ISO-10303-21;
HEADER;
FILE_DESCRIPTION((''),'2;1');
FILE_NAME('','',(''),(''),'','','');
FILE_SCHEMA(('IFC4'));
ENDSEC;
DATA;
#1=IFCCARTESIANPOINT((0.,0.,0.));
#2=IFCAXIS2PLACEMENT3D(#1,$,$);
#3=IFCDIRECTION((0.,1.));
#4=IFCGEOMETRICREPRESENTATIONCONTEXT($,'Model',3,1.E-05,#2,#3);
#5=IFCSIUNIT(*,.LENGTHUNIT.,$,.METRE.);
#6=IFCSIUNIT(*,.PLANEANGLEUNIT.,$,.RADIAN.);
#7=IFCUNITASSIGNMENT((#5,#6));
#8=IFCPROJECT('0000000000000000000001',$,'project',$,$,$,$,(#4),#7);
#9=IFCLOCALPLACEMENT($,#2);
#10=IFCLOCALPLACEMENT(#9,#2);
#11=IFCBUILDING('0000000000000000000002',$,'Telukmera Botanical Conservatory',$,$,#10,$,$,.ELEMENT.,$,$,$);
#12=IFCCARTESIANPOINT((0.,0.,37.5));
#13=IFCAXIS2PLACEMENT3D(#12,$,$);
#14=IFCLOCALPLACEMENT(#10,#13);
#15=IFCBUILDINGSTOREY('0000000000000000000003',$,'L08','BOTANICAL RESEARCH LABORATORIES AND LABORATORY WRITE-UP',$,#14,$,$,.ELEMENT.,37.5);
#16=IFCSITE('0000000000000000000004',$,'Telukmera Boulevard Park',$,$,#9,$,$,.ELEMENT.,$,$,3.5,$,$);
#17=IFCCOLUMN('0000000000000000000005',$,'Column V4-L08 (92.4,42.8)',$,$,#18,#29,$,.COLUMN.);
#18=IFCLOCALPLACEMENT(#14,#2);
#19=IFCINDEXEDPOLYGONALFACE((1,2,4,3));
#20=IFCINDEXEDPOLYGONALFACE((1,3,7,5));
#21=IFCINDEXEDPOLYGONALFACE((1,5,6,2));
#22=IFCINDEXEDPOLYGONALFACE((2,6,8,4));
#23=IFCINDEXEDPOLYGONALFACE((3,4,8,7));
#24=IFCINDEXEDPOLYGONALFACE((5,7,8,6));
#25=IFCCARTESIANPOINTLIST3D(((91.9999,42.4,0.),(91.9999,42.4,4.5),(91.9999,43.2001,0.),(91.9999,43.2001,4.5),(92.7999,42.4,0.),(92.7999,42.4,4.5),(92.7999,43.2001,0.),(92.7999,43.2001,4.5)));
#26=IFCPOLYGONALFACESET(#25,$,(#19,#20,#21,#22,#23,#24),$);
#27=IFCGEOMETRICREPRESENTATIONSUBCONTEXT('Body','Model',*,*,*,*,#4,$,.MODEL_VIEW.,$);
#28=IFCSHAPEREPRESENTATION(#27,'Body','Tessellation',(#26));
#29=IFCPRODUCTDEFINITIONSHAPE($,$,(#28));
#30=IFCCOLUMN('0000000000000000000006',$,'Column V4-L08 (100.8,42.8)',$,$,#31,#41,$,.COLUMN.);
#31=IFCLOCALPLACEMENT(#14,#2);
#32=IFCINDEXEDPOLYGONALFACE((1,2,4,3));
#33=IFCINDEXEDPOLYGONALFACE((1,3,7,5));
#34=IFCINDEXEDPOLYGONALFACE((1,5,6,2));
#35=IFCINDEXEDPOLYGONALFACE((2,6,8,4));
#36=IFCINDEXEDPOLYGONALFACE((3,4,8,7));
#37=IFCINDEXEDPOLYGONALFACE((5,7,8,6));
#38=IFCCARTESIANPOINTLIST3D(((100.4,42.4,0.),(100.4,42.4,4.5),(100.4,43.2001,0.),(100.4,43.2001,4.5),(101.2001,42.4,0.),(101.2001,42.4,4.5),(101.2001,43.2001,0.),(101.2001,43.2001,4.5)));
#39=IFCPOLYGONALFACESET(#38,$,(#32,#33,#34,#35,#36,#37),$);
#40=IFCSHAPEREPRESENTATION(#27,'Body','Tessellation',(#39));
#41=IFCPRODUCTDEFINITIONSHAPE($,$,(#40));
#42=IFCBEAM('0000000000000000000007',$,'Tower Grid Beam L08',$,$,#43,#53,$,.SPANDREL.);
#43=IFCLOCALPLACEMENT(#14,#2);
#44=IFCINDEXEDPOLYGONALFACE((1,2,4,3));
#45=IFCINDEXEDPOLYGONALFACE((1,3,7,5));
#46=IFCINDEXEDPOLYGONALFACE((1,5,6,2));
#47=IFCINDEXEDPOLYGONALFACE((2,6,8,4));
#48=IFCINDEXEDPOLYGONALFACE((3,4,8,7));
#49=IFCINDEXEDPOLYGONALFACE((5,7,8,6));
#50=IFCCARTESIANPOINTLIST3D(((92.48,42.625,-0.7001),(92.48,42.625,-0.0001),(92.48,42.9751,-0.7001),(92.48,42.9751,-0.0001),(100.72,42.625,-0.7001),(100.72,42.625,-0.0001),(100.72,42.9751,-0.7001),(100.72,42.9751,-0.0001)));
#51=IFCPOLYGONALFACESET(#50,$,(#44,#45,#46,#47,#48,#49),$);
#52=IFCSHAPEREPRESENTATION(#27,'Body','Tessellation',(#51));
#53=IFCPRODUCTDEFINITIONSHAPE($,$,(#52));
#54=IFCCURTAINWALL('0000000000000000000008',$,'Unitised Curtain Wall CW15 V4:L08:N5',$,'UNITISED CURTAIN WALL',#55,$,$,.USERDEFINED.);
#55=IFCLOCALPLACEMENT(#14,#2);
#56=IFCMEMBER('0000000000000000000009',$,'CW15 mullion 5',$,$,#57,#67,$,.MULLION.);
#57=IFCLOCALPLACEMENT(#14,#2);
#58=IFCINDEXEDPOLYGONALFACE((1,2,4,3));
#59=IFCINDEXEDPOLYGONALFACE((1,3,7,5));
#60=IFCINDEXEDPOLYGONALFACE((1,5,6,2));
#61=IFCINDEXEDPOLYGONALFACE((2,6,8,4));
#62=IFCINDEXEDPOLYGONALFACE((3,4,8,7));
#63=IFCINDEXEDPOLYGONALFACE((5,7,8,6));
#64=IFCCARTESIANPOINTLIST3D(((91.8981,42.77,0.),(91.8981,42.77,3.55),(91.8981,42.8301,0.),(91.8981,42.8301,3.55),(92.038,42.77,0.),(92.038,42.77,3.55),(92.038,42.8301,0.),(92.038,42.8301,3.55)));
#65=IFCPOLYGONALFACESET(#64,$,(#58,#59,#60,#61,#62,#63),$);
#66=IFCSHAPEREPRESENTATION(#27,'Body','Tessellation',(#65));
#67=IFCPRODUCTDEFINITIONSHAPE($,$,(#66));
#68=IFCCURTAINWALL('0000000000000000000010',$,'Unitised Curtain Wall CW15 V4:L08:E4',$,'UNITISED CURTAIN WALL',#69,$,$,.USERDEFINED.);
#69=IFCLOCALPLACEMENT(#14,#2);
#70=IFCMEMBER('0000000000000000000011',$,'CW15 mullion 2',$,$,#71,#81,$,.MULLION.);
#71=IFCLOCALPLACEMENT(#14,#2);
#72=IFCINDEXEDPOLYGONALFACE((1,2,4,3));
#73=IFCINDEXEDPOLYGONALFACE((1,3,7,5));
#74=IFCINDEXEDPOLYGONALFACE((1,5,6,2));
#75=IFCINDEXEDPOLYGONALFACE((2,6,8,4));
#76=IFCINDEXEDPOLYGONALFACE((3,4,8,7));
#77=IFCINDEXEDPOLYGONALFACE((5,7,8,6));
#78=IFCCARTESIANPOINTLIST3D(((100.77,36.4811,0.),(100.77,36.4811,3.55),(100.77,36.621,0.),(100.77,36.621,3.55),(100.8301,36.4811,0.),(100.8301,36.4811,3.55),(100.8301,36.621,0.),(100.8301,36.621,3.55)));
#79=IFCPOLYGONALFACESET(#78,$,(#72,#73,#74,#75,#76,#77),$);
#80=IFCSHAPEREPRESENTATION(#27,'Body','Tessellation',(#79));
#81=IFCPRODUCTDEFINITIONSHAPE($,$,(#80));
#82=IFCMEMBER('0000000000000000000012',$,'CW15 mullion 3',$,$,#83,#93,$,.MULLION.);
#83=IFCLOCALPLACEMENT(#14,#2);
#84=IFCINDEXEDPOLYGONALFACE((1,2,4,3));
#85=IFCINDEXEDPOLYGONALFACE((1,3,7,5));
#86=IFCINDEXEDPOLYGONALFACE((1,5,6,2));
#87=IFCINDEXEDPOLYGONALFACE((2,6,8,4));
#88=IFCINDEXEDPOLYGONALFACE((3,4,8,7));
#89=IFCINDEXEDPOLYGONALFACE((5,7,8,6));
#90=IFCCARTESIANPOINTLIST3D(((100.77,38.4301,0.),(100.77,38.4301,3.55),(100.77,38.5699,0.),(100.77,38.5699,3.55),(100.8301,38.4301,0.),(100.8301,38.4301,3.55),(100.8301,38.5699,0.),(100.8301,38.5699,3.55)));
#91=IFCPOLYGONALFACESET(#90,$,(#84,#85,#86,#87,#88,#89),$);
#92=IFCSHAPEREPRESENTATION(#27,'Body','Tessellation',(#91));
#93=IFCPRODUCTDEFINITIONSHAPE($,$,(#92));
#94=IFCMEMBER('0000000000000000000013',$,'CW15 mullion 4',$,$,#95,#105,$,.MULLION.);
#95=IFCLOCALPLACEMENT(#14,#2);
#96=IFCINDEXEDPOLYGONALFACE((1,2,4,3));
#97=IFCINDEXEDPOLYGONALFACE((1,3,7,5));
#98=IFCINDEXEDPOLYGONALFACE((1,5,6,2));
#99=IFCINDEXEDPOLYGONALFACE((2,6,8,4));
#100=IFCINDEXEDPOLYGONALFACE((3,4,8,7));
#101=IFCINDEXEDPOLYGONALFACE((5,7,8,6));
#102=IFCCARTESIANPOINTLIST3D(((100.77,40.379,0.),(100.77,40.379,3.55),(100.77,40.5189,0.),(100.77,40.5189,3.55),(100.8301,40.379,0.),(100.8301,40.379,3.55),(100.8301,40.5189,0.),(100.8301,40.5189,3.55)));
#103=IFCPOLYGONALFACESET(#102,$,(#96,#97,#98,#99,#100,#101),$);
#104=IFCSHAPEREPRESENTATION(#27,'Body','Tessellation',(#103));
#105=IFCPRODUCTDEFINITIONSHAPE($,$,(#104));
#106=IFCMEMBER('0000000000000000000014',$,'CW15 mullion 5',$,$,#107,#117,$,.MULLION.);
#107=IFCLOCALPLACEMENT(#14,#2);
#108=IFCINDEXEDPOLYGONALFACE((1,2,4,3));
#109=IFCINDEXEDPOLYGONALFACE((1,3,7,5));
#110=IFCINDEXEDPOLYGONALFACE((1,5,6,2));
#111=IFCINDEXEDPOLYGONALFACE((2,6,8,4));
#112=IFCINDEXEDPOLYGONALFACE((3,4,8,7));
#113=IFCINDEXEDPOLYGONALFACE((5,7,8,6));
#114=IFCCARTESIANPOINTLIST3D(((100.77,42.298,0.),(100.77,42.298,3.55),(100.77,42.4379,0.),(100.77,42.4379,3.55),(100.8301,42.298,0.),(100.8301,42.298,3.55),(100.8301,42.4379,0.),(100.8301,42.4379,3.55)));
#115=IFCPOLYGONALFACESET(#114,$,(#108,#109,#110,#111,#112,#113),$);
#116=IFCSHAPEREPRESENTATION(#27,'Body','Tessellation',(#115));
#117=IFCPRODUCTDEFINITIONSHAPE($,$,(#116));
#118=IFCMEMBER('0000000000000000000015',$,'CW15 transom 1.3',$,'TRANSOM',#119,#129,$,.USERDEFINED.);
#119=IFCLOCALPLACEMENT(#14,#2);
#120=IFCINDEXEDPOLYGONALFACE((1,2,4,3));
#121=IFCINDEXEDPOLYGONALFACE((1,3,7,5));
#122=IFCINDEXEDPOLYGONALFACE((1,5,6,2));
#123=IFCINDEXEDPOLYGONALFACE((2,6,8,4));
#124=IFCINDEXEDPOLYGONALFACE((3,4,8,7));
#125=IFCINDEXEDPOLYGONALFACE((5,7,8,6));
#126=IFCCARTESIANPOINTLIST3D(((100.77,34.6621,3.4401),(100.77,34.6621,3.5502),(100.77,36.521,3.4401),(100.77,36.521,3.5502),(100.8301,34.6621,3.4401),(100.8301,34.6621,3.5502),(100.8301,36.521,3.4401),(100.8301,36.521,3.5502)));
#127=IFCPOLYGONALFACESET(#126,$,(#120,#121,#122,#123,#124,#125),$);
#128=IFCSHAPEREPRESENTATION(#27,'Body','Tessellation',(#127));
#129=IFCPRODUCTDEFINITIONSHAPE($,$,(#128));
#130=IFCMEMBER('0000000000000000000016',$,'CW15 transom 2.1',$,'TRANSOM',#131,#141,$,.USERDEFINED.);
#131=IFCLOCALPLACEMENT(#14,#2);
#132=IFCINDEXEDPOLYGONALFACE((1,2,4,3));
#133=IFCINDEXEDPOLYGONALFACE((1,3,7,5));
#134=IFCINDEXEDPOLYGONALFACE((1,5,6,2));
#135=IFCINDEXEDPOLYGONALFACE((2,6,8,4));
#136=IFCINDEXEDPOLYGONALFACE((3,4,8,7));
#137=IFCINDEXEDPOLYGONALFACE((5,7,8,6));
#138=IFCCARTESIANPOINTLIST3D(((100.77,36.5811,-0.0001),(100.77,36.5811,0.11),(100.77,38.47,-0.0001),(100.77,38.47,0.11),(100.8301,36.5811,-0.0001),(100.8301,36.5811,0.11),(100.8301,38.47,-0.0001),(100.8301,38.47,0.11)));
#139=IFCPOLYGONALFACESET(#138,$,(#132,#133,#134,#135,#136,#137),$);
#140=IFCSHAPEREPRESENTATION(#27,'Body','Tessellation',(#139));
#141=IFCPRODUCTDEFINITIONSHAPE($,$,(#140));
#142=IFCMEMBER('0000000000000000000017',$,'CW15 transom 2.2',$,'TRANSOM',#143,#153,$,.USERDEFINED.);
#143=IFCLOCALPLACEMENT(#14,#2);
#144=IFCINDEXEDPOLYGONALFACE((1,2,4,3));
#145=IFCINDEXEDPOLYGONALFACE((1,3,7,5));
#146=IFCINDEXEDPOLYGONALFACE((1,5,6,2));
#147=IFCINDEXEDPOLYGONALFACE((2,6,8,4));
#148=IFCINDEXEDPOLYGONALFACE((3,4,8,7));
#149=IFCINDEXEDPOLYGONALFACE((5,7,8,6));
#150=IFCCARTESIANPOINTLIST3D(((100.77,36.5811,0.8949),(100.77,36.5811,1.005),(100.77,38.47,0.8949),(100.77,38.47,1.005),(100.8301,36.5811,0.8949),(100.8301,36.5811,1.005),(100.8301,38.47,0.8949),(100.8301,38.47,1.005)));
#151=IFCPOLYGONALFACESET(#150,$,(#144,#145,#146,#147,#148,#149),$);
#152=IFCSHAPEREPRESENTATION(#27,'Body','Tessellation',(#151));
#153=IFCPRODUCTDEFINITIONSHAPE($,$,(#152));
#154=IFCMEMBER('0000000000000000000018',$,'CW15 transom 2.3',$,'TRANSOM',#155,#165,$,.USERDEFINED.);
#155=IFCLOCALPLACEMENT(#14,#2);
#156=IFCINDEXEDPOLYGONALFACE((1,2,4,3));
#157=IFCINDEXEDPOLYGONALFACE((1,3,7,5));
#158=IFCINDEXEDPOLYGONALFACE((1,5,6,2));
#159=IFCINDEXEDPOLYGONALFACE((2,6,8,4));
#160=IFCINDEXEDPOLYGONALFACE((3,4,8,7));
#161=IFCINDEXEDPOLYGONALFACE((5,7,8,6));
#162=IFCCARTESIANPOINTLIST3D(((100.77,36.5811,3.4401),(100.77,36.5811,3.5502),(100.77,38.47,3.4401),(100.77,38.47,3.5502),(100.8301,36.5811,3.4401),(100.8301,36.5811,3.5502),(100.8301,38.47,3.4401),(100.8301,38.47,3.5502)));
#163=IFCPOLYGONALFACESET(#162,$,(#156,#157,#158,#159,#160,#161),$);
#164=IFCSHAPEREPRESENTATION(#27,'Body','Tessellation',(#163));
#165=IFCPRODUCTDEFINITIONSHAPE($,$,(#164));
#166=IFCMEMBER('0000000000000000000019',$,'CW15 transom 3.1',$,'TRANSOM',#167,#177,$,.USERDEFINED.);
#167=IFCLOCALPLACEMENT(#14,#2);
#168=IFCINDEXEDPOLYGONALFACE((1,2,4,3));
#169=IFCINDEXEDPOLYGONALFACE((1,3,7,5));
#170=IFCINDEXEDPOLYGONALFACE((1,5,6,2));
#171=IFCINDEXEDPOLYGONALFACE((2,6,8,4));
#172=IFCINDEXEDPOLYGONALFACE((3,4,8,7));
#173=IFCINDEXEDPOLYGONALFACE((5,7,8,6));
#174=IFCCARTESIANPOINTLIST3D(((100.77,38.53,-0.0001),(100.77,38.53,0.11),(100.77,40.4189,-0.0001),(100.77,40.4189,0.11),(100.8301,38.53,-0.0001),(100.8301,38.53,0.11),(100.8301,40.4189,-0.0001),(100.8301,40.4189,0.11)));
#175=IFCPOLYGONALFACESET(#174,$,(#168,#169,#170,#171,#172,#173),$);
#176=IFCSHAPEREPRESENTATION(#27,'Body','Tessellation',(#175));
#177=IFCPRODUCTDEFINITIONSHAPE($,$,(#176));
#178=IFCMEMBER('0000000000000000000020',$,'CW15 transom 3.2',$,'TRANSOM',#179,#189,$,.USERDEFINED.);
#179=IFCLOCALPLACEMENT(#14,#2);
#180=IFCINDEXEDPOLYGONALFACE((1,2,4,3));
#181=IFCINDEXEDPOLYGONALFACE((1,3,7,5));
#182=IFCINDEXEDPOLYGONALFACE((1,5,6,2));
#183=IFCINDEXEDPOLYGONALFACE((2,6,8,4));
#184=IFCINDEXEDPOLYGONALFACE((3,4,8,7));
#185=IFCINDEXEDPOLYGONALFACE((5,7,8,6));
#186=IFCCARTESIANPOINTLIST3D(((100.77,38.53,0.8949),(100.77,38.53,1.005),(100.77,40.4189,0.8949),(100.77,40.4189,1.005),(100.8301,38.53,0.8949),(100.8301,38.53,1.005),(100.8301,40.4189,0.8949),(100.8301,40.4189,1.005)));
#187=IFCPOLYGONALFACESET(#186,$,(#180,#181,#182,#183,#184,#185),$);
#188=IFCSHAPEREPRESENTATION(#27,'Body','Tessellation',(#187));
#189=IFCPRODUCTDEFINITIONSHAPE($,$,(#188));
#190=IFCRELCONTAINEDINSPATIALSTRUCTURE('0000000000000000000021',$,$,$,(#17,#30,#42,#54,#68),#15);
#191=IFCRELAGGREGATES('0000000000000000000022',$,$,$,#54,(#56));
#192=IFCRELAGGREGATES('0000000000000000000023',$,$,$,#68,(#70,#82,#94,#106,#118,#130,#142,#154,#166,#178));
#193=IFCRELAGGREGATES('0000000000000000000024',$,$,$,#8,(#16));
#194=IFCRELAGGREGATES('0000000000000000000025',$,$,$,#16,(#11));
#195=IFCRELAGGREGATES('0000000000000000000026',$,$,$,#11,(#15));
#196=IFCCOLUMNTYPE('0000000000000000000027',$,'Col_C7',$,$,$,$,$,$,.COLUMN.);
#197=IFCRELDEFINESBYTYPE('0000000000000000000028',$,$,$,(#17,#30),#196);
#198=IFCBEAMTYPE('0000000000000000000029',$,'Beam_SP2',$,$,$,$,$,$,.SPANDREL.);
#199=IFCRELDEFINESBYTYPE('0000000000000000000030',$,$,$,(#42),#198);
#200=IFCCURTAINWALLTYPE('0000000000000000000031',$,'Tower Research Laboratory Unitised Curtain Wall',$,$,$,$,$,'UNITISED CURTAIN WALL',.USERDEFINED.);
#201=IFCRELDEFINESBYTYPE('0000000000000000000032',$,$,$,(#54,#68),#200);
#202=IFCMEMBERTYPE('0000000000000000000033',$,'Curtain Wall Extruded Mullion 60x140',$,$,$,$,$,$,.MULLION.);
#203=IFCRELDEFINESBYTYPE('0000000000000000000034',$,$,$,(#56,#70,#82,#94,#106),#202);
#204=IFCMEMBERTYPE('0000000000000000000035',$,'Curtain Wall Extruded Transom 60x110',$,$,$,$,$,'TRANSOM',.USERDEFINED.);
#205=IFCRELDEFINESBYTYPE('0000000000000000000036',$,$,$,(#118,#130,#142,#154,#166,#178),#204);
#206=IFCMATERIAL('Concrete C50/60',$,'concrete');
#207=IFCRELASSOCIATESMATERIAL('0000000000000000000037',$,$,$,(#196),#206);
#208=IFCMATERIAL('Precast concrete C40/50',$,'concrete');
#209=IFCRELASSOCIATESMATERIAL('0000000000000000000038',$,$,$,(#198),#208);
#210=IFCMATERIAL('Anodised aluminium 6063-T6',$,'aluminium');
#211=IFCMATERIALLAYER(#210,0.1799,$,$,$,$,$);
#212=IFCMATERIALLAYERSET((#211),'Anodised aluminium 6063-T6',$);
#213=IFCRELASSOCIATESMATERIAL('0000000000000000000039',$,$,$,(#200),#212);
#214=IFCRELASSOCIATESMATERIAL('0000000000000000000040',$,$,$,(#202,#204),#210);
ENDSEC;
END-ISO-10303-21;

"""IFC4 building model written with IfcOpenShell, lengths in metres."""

from ifc_helpers import new_model, si_unit, direction, frame, origin, origin_2d, place, context, subcontext, project, spatial, rectangle, extrude, material, layer, layer_set, material_profile, profile_set, type_object, element, aggregate, save


model = new_model("IFC4")

# Units and contexts
model_context = context("Model", 3, precision=1e-05, world=origin(), true_north=direction((0.0, 1.0)))
body_context = subcontext(model_context, "Body", "Model", "MODEL_VIEW")
ifc_project = project(units=[si_unit("LENGTHUNIT", "METRE"), si_unit("PLANEANGLEUNIT", "RADIAN")], contexts=[model_context])

# Site, building, storey
site_placement = place(None, origin())
site = spatial("IfcSite", under=ifc_project, at=site_placement, Name="Telukmera Boulevard Park", CompositionType="ELEMENT", RefElevation=3.5)
building_placement = place(site_placement, origin())
building = spatial("IfcBuilding", under=site, at=building_placement, Name="Telukmera Botanical Conservatory", CompositionType="ELEMENT")
storey_placement = place(building_placement, frame((0.0, 0.0, 37.5)))
storey = spatial("IfcBuildingStorey", under=building, at=storey_placement, Name="L08", Description="BOTANICAL RESEARCH LABORATORIES AND LABORATORY WRITE-UP", CompositionType="ELEMENT", Elevation=37.5)

# Columns
ifc_material_1 = material(Name="Concrete C50/60", Category="concrete")
ifc_material_profile_1 = material_profile(ifc_material_1, rectangle(XDim=0.8, YDim=0.8, at=origin_2d()), Name="RC 800x800")
ifc_profile_set_1 = profile_set([ifc_material_profile_1], Name="Concrete C50/60")
column_type = type_object("IfcColumnType", Name="Col_C7", PredefinedType="COLUMN", material=ifc_profile_set_1)
for number, where, z_axis, x_axis, name in (
    (1, (92.3999, 42.8, 0.0), (0.0, 0.0, 1.0), (1.0, 0.0, 0.0), "Column V4-L08 (92.4,42.8)"),
    (2, (100.8, 42.8, 0.0), (0.0, 0.0, 1.0), (1.0, 0.0, 0.0), "Column V4-L08 (100.8,42.8)"),
):
    element("IfcColumn", number, at=place(storey_placement, frame(where, z_axis=z_axis, x_axis=x_axis)), inside=storey, type_object=column_type, Name=name, PredefinedType="COLUMN", context=body_context, shape_type="SweptSolid", body=[
        extrude(rectangle(XDim=0.8, YDim=0.8, at=origin_2d()), origin(), (0.0, 0.0, 1.0), 4.5),
    ])

# Beam
ifc_material_2 = material(Name="Precast concrete C40/50", Category="concrete")
ifc_material_profile_2 = material_profile(ifc_material_2, rectangle(XDim=0.3501, YDim=0.7, at=origin_2d()), Name="PC 350x700")
ifc_profile_set_2 = profile_set([ifc_material_profile_2], Name="Precast concrete C40/50")
beam_type = type_object("IfcBeamType", Name="Beam_SP2", PredefinedType="SPANDREL", material=ifc_profile_set_2)
beam_placement = place(storey_placement, frame((92.48, 42.8, -0.3501), z_axis=(1.0, 0.0, 0.0), x_axis=(0.0, 1.0, 0.0)))
element("IfcBeam", 3, at=beam_placement, inside=storey, type_object=beam_type, Name="Tower Grid Beam L08", PredefinedType="SPANDREL", context=body_context, shape_type="SweptSolid", body=[
    extrude(rectangle(XDim=0.3501, YDim=0.7, at=origin_2d()), origin(), (0.0, 0.0, 1.0), 8.24),
])

# Curtain wall, member
ifc_material_3 = material(Name="Anodised aluminium 6063-T6", Category="aluminium")
ifc_layer_1 = layer(ifc_material_3, 0.1799)
ifc_layer_set_1 = layer_set([ifc_layer_1], Name="Anodised aluminium 6063-T6")
curtain_wall_type = type_object("IfcCurtainWallType", Name="Tower Research Laboratory Unitised Curtain Wall", ElementType="UNITISED CURTAIN WALL", PredefinedType="USERDEFINED", material=ifc_layer_set_1)
curtain_wall_1_placement = place(storey_placement, origin())
curtain_wall_1 = element("IfcCurtainWall", 4, at=curtain_wall_1_placement, inside=storey, type_object=curtain_wall_type, Name="Unitised Curtain Wall CW15 V4:L08:N5", ObjectType="UNITISED CURTAIN WALL", PredefinedType="USERDEFINED")
ifc_material_profile_3 = material_profile(ifc_material_3, rectangle(XDim=0.0601, YDim=0.1399, at=origin_2d()), Name="ALU MULL 60x140")
ifc_profile_set_3 = profile_set([ifc_material_profile_3], Name="Anodised aluminium 6063-T6")
member_type_1 = type_object("IfcMemberType", Name="Curtain Wall Extruded Mullion 60x140", PredefinedType="MULLION", material=ifc_profile_set_3)
member_1_placement = place(storey_placement, frame((91.968, 42.8, 0.0), z_axis=(0.0, 0.0, 1.0), x_axis=(0.0, 1.0, 0.0)))
member_1 = element("IfcMember", 5, at=member_1_placement, type_object=member_type_1, Name="CW15 mullion 5", PredefinedType="MULLION", context=body_context, shape_type="SweptSolid", body=[
    extrude(rectangle(XDim=0.0601, YDim=0.1399, at=origin_2d()), origin(), (0.0, 0.0, 1.0), 3.55),
])
aggregate(curtain_wall_1, [member_1])

# Curtain wall, members
curtain_wall_2_placement = place(storey_placement, origin())
curtain_wall_2 = element("IfcCurtainWall", 6, at=curtain_wall_2_placement, inside=storey, type_object=curtain_wall_type, Name="Unitised Curtain Wall CW15 V4:L08:E4", ObjectType="UNITISED CURTAIN WALL", PredefinedType="USERDEFINED")
member_2_placement = place(storey_placement, frame((100.8, 36.551, 0.0), z_axis=(0.0, 0.0, 1.0), x_axis=(-1.0, 0.0, 0.0)))
member_2 = element("IfcMember", 7, at=member_2_placement, type_object=member_type_1, Name="CW15 mullion 2", PredefinedType="MULLION", context=body_context, shape_type="SweptSolid", body=[
    extrude(rectangle(XDim=0.0601, YDim=0.1399, at=origin_2d()), origin(), (0.0, 0.0, 1.0), 3.55),
])
member_3_placement = place(storey_placement, frame((100.8, 38.5, 0.0), z_axis=(0.0, 0.0, 1.0), x_axis=(-1.0, 0.0, 0.0)))
member_3 = element("IfcMember", 8, at=member_3_placement, type_object=member_type_1, Name="CW15 mullion 3", PredefinedType="MULLION", context=body_context, shape_type="SweptSolid", body=[
    extrude(rectangle(XDim=0.0601, YDim=0.1399, at=origin_2d()), origin(), (0.0, 0.0, 1.0), 3.55),
])
member_4_placement = place(storey_placement, frame((100.8, 40.449, 0.0), z_axis=(0.0, 0.0, 1.0), x_axis=(-1.0, 0.0, 0.0)))
member_4 = element("IfcMember", 9, at=member_4_placement, type_object=member_type_1, Name="CW15 mullion 4", PredefinedType="MULLION", context=body_context, shape_type="SweptSolid", body=[
    extrude(rectangle(XDim=0.0601, YDim=0.1399, at=origin_2d()), origin(), (0.0, 0.0, 1.0), 3.55),
])
member_5_placement = place(storey_placement, frame((100.8, 42.3679, 0.0), z_axis=(0.0, 0.0, 1.0), x_axis=(-1.0, 0.0, 0.0)))
member_5 = element("IfcMember", 10, at=member_5_placement, type_object=member_type_1, Name="CW15 mullion 5", PredefinedType="MULLION", context=body_context, shape_type="SweptSolid", body=[
    extrude(rectangle(XDim=0.0601, YDim=0.1399, at=origin_2d()), origin(), (0.0, 0.0, 1.0), 3.55),
])
ifc_material_profile_4 = material_profile(ifc_material_3, rectangle(XDim=0.0601, YDim=0.1101, at=origin_2d()), Name="ALU TRAN 60x110")
ifc_profile_set_4 = profile_set([ifc_material_profile_4], Name="Anodised aluminium 6063-T6")
member_type_2 = type_object("IfcMemberType", Name="Curtain Wall Extruded Transom 60x110", ElementType="TRANSOM", PredefinedType="USERDEFINED", material=ifc_profile_set_4)
member_6_placement = place(storey_placement, frame((100.8, 34.6621, 3.4951), z_axis=(0.0, 1.0, 0.0), x_axis=(-1.0, 0.0, 0.0)))
member_6 = element("IfcMember", 11, at=member_6_placement, type_object=member_type_2, Name="CW15 transom 1.3", ObjectType="TRANSOM", PredefinedType="USERDEFINED", context=body_context, shape_type="SweptSolid", body=[
    extrude(rectangle(XDim=0.0601, YDim=0.1101, at=origin_2d()), origin(), (0.0, 0.0, 1.0), 1.8589),
])
member_7_placement = place(storey_placement, frame((100.8, 36.5811, 0.0549), z_axis=(0.0, 1.0, 0.0), x_axis=(-1.0, 0.0, 0.0)))
member_7 = element("IfcMember", 12, at=member_7_placement, type_object=member_type_2, Name="CW15 transom 2.1", ObjectType="TRANSOM", PredefinedType="USERDEFINED", context=body_context, shape_type="SweptSolid", body=[
    extrude(rectangle(XDim=0.0601, YDim=0.1101, at=origin_2d()), origin(), (0.0, 0.0, 1.0), 1.8889),
])
member_8_placement = place(storey_placement, frame((100.8, 36.5811, 0.95), z_axis=(0.0, 1.0, 0.0), x_axis=(-1.0, 0.0, 0.0)))
member_8 = element("IfcMember", 13, at=member_8_placement, type_object=member_type_2, Name="CW15 transom 2.2", ObjectType="TRANSOM", PredefinedType="USERDEFINED", context=body_context, shape_type="SweptSolid", body=[
    extrude(rectangle(XDim=0.0601, YDim=0.1101, at=origin_2d()), origin(), (0.0, 0.0, 1.0), 1.8889),
])
member_9_placement = place(storey_placement, frame((100.8, 36.5811, 3.4951), z_axis=(0.0, 1.0, 0.0), x_axis=(-1.0, 0.0, 0.0)))
member_9 = element("IfcMember", 14, at=member_9_placement, type_object=member_type_2, Name="CW15 transom 2.3", ObjectType="TRANSOM", PredefinedType="USERDEFINED", context=body_context, shape_type="SweptSolid", body=[
    extrude(rectangle(XDim=0.0601, YDim=0.1101, at=origin_2d()), origin(), (0.0, 0.0, 1.0), 1.8889),
])
member_10_placement = place(storey_placement, frame((100.8, 38.53, 0.0549), z_axis=(0.0, 1.0, 0.0), x_axis=(-1.0, 0.0, 0.0)))
member_10 = element("IfcMember", 15, at=member_10_placement, type_object=member_type_2, Name="CW15 transom 3.1", ObjectType="TRANSOM", PredefinedType="USERDEFINED", context=body_context, shape_type="SweptSolid", body=[
    extrude(rectangle(XDim=0.0601, YDim=0.1101, at=origin_2d()), origin(), (0.0, 0.0, 1.0), 1.8889),
])
member_11_placement = place(storey_placement, frame((100.8, 38.53, 0.95), z_axis=(0.0, 1.0, 0.0), x_axis=(-1.0, 0.0, 0.0)))
member_11 = element("IfcMember", 16, at=member_11_placement, type_object=member_type_2, Name="CW15 transom 3.2", ObjectType="TRANSOM", PredefinedType="USERDEFINED", context=body_context, shape_type="SweptSolid", body=[
    extrude(rectangle(XDim=0.0601, YDim=0.1101, at=origin_2d()), origin(), (0.0, 0.0, 1.0), 1.8889),
])
aggregate(curtain_wall_2, [member_2, member_3, member_4, member_5, member_6, member_7, member_8, member_9, member_10, member_11])

save(model, "model.ifc")
